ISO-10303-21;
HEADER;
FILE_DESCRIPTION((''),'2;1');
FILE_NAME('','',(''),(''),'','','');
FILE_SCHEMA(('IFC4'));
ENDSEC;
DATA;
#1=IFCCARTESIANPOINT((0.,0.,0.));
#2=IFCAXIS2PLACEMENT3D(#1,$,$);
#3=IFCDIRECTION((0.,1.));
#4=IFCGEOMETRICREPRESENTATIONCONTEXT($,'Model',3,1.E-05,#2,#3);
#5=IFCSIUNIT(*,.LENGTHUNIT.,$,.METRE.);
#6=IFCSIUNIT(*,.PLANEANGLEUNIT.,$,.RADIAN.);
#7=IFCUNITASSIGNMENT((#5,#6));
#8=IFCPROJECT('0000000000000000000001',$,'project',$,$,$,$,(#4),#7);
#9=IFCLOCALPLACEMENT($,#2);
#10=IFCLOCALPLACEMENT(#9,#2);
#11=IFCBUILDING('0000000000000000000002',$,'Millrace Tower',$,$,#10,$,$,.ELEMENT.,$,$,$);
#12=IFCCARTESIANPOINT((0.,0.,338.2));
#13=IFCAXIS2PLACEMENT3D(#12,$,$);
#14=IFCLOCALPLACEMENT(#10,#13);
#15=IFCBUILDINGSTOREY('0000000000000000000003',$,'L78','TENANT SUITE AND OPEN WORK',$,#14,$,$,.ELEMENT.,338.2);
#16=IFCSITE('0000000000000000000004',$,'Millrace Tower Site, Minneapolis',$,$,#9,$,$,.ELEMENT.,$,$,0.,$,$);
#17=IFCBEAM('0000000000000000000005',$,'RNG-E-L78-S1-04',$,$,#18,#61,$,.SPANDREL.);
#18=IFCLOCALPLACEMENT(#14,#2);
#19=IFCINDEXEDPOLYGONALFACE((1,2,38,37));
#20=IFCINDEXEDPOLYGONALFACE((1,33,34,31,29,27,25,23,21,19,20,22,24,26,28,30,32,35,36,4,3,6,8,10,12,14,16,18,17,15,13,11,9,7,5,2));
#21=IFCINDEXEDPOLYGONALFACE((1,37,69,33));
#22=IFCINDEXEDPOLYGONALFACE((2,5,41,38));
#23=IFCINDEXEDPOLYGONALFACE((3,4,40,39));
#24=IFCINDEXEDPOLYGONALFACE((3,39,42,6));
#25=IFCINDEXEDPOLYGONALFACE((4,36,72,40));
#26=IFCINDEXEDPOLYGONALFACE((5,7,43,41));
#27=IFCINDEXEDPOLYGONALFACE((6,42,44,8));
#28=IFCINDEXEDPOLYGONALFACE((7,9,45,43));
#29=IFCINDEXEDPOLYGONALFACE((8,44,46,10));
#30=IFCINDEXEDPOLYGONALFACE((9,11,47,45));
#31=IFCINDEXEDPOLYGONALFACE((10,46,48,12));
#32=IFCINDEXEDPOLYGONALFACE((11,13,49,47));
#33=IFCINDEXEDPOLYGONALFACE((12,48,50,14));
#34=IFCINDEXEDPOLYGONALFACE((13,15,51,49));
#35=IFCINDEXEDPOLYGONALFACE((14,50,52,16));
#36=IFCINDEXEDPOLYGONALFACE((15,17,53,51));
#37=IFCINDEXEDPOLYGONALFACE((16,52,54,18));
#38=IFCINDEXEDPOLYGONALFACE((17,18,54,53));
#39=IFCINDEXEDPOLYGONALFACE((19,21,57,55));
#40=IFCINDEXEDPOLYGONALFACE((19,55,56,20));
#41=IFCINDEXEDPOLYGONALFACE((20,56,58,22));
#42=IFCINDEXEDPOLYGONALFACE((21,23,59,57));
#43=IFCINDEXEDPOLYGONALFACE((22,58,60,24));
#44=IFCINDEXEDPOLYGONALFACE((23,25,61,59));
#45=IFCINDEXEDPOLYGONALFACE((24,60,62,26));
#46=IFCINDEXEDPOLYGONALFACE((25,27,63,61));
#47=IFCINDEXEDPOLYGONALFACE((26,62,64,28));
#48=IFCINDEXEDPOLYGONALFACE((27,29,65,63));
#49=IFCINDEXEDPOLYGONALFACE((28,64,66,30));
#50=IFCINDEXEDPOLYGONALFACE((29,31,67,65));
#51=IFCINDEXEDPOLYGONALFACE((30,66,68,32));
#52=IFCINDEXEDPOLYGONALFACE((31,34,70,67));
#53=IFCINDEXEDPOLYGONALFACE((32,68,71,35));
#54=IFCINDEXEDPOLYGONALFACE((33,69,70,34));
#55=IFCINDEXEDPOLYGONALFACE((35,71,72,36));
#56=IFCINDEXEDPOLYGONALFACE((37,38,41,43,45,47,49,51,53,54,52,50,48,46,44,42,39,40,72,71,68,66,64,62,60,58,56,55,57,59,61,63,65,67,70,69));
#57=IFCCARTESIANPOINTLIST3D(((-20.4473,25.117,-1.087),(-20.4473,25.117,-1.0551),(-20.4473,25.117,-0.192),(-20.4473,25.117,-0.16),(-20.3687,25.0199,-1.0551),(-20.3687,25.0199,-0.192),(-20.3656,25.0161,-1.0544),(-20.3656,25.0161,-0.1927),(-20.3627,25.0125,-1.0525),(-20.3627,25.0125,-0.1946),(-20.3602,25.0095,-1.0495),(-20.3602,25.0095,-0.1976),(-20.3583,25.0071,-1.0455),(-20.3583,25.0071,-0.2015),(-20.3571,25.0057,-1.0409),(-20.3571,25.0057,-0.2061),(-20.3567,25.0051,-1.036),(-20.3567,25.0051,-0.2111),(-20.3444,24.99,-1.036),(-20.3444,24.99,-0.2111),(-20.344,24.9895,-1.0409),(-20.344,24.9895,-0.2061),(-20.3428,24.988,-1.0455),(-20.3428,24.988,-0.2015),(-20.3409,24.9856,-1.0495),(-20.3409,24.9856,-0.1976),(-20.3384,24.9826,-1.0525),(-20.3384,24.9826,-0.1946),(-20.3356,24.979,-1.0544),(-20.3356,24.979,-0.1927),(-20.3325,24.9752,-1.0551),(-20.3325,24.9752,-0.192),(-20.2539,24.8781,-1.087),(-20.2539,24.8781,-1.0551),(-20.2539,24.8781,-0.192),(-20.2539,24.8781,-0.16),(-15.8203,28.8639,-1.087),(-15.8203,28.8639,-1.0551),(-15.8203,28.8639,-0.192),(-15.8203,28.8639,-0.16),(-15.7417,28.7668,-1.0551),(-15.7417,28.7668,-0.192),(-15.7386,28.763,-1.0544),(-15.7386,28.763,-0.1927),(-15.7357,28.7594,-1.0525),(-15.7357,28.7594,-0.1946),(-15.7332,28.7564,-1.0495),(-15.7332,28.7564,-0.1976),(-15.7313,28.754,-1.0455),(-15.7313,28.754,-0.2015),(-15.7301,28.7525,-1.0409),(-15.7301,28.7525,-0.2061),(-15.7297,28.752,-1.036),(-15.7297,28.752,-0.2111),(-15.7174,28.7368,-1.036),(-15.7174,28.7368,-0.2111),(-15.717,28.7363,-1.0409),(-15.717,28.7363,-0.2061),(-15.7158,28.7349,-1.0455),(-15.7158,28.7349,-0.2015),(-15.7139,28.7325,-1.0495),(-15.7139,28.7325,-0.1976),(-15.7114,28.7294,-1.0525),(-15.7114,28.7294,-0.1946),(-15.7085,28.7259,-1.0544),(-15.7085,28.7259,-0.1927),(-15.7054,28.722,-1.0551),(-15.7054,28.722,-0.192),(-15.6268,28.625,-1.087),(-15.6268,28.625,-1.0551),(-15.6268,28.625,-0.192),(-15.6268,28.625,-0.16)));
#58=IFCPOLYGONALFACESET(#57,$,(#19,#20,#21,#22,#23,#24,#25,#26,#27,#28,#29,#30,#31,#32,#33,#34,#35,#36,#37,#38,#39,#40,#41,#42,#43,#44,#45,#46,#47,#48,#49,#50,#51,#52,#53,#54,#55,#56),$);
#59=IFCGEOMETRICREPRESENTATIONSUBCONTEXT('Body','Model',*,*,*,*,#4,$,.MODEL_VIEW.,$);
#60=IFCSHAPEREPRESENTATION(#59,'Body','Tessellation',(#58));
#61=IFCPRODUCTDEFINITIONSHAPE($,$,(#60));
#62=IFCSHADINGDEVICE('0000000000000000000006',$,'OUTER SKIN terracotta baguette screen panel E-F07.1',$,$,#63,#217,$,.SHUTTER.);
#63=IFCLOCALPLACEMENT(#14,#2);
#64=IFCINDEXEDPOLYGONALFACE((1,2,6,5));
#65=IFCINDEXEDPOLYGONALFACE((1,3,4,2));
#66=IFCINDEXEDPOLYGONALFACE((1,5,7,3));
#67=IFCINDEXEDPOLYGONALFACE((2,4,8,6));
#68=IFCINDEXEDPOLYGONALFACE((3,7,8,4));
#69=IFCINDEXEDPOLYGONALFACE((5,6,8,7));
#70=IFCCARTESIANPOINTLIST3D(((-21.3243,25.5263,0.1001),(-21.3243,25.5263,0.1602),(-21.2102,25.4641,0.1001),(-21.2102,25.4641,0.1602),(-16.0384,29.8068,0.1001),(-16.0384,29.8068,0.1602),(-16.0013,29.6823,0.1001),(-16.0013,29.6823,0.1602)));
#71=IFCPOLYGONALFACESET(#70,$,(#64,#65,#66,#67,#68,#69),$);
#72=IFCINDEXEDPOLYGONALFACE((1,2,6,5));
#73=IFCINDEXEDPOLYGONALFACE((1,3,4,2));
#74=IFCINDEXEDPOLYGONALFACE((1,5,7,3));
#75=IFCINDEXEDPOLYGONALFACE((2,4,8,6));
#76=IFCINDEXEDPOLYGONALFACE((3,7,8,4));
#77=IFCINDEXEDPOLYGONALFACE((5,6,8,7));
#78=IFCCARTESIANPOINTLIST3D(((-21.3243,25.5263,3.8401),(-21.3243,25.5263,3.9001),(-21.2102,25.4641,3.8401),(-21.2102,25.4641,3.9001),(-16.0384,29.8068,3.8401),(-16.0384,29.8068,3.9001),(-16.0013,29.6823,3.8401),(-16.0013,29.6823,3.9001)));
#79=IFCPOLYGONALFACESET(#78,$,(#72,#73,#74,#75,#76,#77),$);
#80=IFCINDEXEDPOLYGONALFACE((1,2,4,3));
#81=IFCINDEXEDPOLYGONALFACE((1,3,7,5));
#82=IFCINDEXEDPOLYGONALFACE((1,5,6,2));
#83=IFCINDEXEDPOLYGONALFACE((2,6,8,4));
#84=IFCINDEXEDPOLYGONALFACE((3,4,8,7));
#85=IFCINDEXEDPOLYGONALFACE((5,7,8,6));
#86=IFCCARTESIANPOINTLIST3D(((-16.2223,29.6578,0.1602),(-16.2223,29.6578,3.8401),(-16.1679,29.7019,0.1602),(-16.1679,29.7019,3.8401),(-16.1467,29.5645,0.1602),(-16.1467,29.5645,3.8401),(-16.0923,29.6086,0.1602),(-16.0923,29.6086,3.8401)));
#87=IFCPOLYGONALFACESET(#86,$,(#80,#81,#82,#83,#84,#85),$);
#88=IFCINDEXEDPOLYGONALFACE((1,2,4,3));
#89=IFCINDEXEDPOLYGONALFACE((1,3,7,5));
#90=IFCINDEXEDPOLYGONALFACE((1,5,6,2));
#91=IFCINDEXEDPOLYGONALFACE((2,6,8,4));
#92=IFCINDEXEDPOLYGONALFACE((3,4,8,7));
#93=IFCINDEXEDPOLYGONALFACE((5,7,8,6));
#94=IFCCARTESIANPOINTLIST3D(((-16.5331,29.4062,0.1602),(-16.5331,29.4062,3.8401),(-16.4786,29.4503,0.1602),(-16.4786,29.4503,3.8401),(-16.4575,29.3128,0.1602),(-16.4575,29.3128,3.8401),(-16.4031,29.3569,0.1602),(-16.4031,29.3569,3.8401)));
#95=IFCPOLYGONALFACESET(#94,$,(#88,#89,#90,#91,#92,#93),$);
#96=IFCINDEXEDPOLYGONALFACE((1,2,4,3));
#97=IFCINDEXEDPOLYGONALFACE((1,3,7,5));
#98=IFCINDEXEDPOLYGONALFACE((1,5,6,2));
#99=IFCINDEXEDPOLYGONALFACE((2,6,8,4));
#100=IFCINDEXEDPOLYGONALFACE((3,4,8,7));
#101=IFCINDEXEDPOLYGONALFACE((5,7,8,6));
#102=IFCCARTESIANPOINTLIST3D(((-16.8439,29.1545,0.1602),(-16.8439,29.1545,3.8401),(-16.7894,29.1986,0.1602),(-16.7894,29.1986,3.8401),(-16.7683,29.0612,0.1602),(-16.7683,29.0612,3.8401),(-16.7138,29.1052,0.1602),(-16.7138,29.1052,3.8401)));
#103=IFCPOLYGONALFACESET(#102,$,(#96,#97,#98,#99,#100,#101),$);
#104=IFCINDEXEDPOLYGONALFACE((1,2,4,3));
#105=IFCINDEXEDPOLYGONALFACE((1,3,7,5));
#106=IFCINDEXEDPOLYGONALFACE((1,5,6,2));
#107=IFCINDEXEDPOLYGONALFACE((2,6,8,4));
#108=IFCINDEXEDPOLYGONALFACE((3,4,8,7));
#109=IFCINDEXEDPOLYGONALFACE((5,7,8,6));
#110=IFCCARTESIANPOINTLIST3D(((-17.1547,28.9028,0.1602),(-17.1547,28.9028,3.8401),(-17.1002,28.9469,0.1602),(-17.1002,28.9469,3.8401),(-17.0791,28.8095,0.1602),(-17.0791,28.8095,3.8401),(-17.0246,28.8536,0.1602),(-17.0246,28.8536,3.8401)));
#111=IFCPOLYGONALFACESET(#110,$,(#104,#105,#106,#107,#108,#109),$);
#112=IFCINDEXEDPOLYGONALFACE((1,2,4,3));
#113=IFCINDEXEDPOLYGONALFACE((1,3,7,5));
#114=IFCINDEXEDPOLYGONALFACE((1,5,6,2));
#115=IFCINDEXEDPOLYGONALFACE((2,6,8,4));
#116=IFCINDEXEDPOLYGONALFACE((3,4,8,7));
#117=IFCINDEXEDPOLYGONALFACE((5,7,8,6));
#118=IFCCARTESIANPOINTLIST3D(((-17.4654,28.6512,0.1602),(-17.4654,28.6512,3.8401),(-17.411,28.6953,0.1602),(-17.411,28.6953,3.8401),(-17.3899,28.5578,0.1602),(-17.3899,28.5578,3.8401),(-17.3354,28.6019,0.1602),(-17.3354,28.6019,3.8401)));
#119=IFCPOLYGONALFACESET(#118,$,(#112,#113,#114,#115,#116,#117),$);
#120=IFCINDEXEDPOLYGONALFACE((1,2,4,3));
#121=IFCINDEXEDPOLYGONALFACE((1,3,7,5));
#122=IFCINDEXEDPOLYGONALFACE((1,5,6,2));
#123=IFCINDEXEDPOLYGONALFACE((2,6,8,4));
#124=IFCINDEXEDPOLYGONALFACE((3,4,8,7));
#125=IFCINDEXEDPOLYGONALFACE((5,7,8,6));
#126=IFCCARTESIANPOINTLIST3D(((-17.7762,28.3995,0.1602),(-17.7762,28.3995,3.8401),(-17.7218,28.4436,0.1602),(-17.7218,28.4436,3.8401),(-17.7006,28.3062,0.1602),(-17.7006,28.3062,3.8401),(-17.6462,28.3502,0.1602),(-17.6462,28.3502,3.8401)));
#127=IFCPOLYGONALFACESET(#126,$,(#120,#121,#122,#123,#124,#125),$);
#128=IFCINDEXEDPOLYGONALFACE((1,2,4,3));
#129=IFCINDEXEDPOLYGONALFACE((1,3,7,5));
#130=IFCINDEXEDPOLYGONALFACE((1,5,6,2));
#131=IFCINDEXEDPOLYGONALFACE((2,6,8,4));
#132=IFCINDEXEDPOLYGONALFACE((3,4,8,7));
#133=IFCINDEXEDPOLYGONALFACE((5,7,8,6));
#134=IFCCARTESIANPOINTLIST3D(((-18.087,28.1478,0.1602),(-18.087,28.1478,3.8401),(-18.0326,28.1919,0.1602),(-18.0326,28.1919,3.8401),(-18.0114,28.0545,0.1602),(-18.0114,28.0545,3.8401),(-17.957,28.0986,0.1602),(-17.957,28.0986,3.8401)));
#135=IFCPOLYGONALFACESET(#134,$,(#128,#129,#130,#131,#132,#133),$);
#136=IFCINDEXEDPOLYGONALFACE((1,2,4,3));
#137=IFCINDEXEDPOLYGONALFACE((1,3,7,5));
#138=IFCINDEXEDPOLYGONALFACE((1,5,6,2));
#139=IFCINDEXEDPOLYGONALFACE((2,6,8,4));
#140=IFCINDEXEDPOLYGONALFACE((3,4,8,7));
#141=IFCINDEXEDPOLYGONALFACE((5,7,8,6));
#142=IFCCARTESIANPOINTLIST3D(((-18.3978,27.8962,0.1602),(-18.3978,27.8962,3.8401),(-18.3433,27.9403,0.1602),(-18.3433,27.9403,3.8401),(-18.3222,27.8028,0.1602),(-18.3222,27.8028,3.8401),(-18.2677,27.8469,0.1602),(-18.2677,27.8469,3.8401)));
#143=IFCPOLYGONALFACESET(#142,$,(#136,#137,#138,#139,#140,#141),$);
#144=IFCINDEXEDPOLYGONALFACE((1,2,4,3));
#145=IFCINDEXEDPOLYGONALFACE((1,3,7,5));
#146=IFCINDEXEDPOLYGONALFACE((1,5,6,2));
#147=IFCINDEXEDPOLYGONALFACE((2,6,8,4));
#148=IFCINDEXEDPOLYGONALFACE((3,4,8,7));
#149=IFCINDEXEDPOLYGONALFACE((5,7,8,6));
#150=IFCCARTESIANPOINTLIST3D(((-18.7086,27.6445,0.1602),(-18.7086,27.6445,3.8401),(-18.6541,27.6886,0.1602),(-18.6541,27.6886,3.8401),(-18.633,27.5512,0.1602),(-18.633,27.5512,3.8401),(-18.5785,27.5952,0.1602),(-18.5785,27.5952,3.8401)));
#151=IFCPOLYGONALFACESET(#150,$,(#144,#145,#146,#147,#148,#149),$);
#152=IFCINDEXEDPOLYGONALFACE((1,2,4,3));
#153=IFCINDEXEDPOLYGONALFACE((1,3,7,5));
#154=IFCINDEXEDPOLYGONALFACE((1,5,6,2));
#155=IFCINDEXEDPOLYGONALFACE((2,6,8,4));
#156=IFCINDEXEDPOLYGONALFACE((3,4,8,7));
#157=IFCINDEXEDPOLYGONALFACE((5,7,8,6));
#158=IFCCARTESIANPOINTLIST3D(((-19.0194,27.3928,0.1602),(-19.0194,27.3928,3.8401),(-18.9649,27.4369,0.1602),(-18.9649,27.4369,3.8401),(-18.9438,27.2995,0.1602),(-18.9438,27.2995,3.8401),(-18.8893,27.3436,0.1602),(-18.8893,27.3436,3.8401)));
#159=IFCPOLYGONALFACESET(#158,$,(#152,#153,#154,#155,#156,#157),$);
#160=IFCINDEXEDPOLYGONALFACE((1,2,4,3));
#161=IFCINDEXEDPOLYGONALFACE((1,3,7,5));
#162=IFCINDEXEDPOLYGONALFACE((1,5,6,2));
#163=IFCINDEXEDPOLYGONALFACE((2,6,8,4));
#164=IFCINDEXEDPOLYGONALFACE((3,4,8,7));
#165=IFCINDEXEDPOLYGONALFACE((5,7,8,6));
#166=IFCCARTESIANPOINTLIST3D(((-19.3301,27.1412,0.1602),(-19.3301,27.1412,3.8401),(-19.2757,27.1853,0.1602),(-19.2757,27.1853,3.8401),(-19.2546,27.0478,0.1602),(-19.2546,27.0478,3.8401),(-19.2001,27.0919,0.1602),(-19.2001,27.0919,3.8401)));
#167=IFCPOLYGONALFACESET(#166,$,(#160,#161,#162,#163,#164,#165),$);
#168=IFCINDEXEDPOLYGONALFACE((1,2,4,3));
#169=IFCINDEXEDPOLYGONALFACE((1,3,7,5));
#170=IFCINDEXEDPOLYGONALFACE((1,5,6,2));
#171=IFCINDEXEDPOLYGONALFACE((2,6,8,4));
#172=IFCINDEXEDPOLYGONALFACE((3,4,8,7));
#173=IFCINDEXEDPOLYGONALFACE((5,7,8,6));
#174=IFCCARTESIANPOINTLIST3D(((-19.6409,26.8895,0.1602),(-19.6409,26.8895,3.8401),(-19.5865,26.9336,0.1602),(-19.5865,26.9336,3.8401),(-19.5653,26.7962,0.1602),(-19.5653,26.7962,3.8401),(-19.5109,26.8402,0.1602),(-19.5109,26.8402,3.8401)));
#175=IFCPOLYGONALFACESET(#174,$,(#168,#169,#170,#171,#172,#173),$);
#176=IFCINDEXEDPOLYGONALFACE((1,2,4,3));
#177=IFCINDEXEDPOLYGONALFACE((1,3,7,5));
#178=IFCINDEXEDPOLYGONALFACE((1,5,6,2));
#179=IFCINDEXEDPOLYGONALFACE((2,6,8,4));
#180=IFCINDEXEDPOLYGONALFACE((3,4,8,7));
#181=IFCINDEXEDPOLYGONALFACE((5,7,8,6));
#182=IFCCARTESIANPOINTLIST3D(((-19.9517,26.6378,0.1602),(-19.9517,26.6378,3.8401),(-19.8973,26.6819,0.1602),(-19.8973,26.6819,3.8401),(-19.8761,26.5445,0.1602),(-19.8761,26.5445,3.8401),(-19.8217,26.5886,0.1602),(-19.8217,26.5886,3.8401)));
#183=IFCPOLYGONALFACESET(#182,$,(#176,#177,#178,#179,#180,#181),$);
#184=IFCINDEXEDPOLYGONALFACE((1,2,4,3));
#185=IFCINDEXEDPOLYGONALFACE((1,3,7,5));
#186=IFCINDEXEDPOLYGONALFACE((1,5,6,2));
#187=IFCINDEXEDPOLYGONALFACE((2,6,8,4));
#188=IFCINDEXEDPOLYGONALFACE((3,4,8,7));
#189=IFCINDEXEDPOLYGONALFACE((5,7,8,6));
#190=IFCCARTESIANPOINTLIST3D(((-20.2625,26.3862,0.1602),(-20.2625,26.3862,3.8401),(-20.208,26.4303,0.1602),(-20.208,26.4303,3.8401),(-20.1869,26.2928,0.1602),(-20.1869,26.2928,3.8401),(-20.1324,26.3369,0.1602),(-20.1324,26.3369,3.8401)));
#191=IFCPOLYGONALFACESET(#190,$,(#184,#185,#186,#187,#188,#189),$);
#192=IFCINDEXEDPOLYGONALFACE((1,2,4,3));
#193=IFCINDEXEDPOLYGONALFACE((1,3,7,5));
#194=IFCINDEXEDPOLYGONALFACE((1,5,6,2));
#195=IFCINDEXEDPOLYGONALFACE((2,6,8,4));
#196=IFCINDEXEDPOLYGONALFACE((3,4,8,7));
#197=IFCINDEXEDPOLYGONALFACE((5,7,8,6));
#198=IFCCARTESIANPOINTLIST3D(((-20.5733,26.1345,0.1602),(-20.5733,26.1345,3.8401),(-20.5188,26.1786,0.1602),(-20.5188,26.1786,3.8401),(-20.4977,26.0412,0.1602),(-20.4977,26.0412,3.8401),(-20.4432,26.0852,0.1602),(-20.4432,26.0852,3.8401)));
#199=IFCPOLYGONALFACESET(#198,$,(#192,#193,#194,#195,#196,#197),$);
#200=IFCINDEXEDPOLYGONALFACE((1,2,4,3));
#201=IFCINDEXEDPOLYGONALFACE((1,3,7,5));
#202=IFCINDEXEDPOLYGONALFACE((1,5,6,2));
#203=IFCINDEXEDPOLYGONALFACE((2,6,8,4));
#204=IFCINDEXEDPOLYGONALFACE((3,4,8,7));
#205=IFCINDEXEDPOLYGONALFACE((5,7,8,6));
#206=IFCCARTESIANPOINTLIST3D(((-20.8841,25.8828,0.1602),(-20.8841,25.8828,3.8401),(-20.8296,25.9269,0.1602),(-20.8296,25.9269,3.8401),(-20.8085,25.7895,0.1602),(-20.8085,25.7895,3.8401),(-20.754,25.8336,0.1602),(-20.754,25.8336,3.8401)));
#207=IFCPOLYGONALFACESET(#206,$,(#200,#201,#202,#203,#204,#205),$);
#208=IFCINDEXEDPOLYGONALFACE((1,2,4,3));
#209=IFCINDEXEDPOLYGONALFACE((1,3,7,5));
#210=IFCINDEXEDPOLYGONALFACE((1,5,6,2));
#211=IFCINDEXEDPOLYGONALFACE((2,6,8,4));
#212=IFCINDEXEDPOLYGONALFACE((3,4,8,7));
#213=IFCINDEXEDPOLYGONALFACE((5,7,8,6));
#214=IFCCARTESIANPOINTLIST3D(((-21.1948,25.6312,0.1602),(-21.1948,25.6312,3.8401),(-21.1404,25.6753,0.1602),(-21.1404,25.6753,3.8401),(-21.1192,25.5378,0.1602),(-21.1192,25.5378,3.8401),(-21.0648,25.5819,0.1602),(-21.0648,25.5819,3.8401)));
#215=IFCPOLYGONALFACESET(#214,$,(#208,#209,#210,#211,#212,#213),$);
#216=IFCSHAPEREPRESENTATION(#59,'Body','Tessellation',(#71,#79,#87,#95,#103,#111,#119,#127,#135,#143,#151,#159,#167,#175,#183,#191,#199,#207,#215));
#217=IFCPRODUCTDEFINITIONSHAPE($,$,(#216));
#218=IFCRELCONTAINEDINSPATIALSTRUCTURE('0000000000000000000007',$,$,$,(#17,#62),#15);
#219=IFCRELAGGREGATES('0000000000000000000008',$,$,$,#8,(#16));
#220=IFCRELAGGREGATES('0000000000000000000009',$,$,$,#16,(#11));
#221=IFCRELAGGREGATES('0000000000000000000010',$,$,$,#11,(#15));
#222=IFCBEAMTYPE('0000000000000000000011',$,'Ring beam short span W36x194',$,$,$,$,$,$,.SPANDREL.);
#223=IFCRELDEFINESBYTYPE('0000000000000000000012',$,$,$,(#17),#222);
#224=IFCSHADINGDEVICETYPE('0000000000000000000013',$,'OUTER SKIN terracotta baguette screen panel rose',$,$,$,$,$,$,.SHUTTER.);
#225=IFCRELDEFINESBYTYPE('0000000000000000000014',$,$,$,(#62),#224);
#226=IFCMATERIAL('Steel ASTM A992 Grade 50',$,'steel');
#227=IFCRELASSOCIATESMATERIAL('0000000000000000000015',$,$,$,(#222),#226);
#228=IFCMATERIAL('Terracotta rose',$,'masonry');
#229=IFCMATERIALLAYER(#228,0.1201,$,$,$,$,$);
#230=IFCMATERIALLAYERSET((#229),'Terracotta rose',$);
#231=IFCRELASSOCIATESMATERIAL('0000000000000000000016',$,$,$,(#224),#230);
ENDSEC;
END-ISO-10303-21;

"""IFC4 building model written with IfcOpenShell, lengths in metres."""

from ifc_helpers import new_model, entity, si_unit, direction, frame, frame_2d, origin, origin_2d, place, context, subcontext, project, spatial, rectangle, i_section, extrude, source, transform, mapped, material, layer, layer_set, material_profile, profile_set, type_object, element, save


model = new_model("IFC4")

# Units and contexts
model_context = context("Model", 3, precision=1e-05, world=origin(), true_north=direction((0.0, 1.0)))
body_context = subcontext(model_context, "Body", "Model", "MODEL_VIEW")
ifc_project = project(units=[si_unit("LENGTHUNIT", "METRE"), si_unit("PLANEANGLEUNIT", "RADIAN")], contexts=[model_context])

# Site, building, storey
site_placement = place(None, origin())
site = spatial("IfcSite", under=ifc_project, at=site_placement, Name="Millrace Tower Site, Minneapolis", CompositionType="ELEMENT", RefElevation=0.0)
building_placement = place(site_placement, origin())
building = spatial("IfcBuilding", under=site, at=building_placement, Name="Millrace Tower", CompositionType="ELEMENT")
storey_placement = place(building_placement, frame((0.0, 0.0, 338.2)))
storey = spatial("IfcBuildingStorey", under=building, at=storey_placement, Name="L78", Description="TENANT SUITE AND OPEN WORK", CompositionType="ELEMENT", Elevation=338.2)

# Beam
ifc_material_1 = material(Name="Steel ASTM A992 Grade 50", Category="steel")
ifc_material_profile_1 = material_profile(ifc_material_1, i_section(OverallWidth=0.3074, OverallDepth=0.927, WebThickness=0.0195, FlangeThickness=0.032, FilletRadius=0.019, at=origin_2d()))
ifc_profile_set_1 = profile_set([ifc_material_profile_1], Name="Steel ASTM A992 Grade 50")
beam_type_1 = type_object("IfcBeamType", Name="Ring beam short span W36x194", PredefinedType="SPANDREL", material=ifc_profile_set_1)
beam_1_placement = place(storey_placement, frame((-20.3506, 24.9976, -0.6235), z_axis=(0.777147, 0.62932, 0.0), x_axis=(-0.62932, 0.777147, 0.0)))
element("IfcBeam", 1, at=beam_1_placement, inside=storey, type_object=beam_type_1, Name="RNG-E-L78-S1-04", PredefinedType="SPANDREL", context=body_context, shape_type="SweptSolid", body=[
    extrude(i_section(OverallWidth=0.3074, OverallDepth=0.927, WebThickness=0.0195, FlangeThickness=0.032, FilletRadius=0.019, at=origin_2d()), origin(), (0.0, 0.0, 1.0), 5.9539),
])

# Shading device
ifc_material_2 = material(Name="Terracotta rose", Category="masonry")
ifc_layer_1 = layer(ifc_material_2, 0.1201)
ifc_layer_set_1 = layer_set([ifc_layer_1], Name="Terracotta rose")
shading_device_type = type_object("IfcShadingDeviceType", Name="OUTER SKIN terracotta baguette screen panel rose", PredefinedType="SHUTTER", material=ifc_layer_set_1)
cartesian_point_1 = entity("IfcCartesianPoint", [-3.3513, 0.0601])
shared_polyline_1 = entity("IfcPolyline", [cartesian_point_1, entity("IfcCartesianPoint", [3.3513, 0.0601]), entity("IfcCartesianPoint", [3.4009, -0.0601]), entity("IfcCartesianPoint", [-3.4009, -0.0601]), cartesian_point_1])
shared_shape_1 = source(origin(), body_context, "Body", "SweptSolid", [
    entity("IfcExtrudedAreaSolid", entity("IfcArbitraryClosedProfileDef", "AREA", None, shared_polyline_1), entity("IfcAxis2Placement3D", entity("IfcCartesianPoint", [0.0, 0.0, 0.0])), entity("IfcDirection", [0.0, 0.0, 1.0]), 0.0601),
    entity("IfcExtrudedAreaSolid", entity("IfcArbitraryClosedProfileDef", "AREA", None, shared_polyline_1), entity("IfcAxis2Placement3D", entity("IfcCartesianPoint", [0.0, 0.0, 3.74])), entity("IfcDirection", [0.0, 0.0, 1.0]), 0.0601),
    extrude(rectangle(XDim=0.0701, YDim=0.1201, at=frame_2d((-3.1992, 0.0))), frame((0.0, 0.0, 0.0601)), (0.0, 0.0, 1.0), 3.6799),
    extrude(rectangle(XDim=0.0701, YDim=0.1201, at=frame_2d((-2.7993, 0.0))), frame((0.0, 0.0, 0.0601)), (0.0, 0.0, 1.0), 3.6799),
    extrude(rectangle(XDim=0.0701, YDim=0.1201, at=frame_2d((-2.3994, 0.0))), frame((0.0, 0.0, 0.0601)), (0.0, 0.0, 1.0), 3.6799),
    extrude(rectangle(XDim=0.0701, YDim=0.1201, at=frame_2d((-1.9995, 0.0))), frame((0.0, 0.0, 0.0601)), (0.0, 0.0, 1.0), 3.6799),
    extrude(rectangle(XDim=0.0701, YDim=0.1201, at=frame_2d((-1.5996, 0.0))), frame((0.0, 0.0, 0.0601)), (0.0, 0.0, 1.0), 3.6799),
    extrude(rectangle(XDim=0.0701, YDim=0.1201, at=frame_2d((-1.1997, 0.0))), frame((0.0, 0.0, 0.0601)), (0.0, 0.0, 1.0), 3.6799),
    extrude(rectangle(XDim=0.0701, YDim=0.1201, at=frame_2d((-0.7998, 0.0))), frame((0.0, 0.0, 0.0601)), (0.0, 0.0, 1.0), 3.6799),
    extrude(rectangle(XDim=0.0701, YDim=0.1201, at=frame_2d((-0.3999, 0.0))), frame((0.0, 0.0, 0.0601)), (0.0, 0.0, 1.0), 3.6799),
    extrude(rectangle(XDim=0.0701, YDim=0.1201, at=origin_2d()), frame((0.0, 0.0, 0.0601)), (0.0, 0.0, 1.0), 3.6799),
    extrude(rectangle(XDim=0.0701, YDim=0.1201, at=frame_2d((0.3999, 0.0))), frame((0.0, 0.0, 0.0601)), (0.0, 0.0, 1.0), 3.6799),
    extrude(rectangle(XDim=0.0701, YDim=0.1201, at=frame_2d((0.7998, 0.0))), frame((0.0, 0.0, 0.0601)), (0.0, 0.0, 1.0), 3.6799),
    extrude(rectangle(XDim=0.0701, YDim=0.1201, at=frame_2d((1.1997, 0.0))), frame((0.0, 0.0, 0.0601)), (0.0, 0.0, 1.0), 3.6799),
    extrude(rectangle(XDim=0.0701, YDim=0.1201, at=frame_2d((1.5996, 0.0))), frame((0.0, 0.0, 0.0601)), (0.0, 0.0, 1.0), 3.6799),
    extrude(rectangle(XDim=0.0701, YDim=0.1201, at=frame_2d((1.9995, 0.0))), frame((0.0, 0.0, 0.0601)), (0.0, 0.0, 1.0), 3.6799),
    extrude(rectangle(XDim=0.0701, YDim=0.1201, at=frame_2d((2.3994, 0.0))), frame((0.0, 0.0, 0.0601)), (0.0, 0.0, 1.0), 3.6799),
    extrude(rectangle(XDim=0.0701, YDim=0.1201, at=frame_2d((2.7993, 0.0))), frame((0.0, 0.0, 0.0601)), (0.0, 0.0, 1.0), 3.6799),
    extrude(rectangle(XDim=0.0701, YDim=0.1201, at=frame_2d((3.1992, 0.0))), frame((0.0, 0.0, 0.0601)), (0.0, 0.0, 1.0), 3.6799),
])
shading_device_1_placement = place(storey_placement, frame((-18.6436, 27.6199, 0.1001), z_axis=(0.0, 0.0, 1.0), x_axis=(-0.777146, -0.62932, 0.0)))
element("IfcShadingDevice", 2, at=shading_device_1_placement, inside=storey, type_object=shading_device_type, Name="OUTER SKIN terracotta baguette screen panel E-F07.1", PredefinedType="SHUTTER", context=body_context, shape_type="MappedRepresentation", body=[
    mapped(shared_shape_1, transform((0.0, 0.0, 0.0), scale=1.0)),
])

save(model, "model.ifc")
